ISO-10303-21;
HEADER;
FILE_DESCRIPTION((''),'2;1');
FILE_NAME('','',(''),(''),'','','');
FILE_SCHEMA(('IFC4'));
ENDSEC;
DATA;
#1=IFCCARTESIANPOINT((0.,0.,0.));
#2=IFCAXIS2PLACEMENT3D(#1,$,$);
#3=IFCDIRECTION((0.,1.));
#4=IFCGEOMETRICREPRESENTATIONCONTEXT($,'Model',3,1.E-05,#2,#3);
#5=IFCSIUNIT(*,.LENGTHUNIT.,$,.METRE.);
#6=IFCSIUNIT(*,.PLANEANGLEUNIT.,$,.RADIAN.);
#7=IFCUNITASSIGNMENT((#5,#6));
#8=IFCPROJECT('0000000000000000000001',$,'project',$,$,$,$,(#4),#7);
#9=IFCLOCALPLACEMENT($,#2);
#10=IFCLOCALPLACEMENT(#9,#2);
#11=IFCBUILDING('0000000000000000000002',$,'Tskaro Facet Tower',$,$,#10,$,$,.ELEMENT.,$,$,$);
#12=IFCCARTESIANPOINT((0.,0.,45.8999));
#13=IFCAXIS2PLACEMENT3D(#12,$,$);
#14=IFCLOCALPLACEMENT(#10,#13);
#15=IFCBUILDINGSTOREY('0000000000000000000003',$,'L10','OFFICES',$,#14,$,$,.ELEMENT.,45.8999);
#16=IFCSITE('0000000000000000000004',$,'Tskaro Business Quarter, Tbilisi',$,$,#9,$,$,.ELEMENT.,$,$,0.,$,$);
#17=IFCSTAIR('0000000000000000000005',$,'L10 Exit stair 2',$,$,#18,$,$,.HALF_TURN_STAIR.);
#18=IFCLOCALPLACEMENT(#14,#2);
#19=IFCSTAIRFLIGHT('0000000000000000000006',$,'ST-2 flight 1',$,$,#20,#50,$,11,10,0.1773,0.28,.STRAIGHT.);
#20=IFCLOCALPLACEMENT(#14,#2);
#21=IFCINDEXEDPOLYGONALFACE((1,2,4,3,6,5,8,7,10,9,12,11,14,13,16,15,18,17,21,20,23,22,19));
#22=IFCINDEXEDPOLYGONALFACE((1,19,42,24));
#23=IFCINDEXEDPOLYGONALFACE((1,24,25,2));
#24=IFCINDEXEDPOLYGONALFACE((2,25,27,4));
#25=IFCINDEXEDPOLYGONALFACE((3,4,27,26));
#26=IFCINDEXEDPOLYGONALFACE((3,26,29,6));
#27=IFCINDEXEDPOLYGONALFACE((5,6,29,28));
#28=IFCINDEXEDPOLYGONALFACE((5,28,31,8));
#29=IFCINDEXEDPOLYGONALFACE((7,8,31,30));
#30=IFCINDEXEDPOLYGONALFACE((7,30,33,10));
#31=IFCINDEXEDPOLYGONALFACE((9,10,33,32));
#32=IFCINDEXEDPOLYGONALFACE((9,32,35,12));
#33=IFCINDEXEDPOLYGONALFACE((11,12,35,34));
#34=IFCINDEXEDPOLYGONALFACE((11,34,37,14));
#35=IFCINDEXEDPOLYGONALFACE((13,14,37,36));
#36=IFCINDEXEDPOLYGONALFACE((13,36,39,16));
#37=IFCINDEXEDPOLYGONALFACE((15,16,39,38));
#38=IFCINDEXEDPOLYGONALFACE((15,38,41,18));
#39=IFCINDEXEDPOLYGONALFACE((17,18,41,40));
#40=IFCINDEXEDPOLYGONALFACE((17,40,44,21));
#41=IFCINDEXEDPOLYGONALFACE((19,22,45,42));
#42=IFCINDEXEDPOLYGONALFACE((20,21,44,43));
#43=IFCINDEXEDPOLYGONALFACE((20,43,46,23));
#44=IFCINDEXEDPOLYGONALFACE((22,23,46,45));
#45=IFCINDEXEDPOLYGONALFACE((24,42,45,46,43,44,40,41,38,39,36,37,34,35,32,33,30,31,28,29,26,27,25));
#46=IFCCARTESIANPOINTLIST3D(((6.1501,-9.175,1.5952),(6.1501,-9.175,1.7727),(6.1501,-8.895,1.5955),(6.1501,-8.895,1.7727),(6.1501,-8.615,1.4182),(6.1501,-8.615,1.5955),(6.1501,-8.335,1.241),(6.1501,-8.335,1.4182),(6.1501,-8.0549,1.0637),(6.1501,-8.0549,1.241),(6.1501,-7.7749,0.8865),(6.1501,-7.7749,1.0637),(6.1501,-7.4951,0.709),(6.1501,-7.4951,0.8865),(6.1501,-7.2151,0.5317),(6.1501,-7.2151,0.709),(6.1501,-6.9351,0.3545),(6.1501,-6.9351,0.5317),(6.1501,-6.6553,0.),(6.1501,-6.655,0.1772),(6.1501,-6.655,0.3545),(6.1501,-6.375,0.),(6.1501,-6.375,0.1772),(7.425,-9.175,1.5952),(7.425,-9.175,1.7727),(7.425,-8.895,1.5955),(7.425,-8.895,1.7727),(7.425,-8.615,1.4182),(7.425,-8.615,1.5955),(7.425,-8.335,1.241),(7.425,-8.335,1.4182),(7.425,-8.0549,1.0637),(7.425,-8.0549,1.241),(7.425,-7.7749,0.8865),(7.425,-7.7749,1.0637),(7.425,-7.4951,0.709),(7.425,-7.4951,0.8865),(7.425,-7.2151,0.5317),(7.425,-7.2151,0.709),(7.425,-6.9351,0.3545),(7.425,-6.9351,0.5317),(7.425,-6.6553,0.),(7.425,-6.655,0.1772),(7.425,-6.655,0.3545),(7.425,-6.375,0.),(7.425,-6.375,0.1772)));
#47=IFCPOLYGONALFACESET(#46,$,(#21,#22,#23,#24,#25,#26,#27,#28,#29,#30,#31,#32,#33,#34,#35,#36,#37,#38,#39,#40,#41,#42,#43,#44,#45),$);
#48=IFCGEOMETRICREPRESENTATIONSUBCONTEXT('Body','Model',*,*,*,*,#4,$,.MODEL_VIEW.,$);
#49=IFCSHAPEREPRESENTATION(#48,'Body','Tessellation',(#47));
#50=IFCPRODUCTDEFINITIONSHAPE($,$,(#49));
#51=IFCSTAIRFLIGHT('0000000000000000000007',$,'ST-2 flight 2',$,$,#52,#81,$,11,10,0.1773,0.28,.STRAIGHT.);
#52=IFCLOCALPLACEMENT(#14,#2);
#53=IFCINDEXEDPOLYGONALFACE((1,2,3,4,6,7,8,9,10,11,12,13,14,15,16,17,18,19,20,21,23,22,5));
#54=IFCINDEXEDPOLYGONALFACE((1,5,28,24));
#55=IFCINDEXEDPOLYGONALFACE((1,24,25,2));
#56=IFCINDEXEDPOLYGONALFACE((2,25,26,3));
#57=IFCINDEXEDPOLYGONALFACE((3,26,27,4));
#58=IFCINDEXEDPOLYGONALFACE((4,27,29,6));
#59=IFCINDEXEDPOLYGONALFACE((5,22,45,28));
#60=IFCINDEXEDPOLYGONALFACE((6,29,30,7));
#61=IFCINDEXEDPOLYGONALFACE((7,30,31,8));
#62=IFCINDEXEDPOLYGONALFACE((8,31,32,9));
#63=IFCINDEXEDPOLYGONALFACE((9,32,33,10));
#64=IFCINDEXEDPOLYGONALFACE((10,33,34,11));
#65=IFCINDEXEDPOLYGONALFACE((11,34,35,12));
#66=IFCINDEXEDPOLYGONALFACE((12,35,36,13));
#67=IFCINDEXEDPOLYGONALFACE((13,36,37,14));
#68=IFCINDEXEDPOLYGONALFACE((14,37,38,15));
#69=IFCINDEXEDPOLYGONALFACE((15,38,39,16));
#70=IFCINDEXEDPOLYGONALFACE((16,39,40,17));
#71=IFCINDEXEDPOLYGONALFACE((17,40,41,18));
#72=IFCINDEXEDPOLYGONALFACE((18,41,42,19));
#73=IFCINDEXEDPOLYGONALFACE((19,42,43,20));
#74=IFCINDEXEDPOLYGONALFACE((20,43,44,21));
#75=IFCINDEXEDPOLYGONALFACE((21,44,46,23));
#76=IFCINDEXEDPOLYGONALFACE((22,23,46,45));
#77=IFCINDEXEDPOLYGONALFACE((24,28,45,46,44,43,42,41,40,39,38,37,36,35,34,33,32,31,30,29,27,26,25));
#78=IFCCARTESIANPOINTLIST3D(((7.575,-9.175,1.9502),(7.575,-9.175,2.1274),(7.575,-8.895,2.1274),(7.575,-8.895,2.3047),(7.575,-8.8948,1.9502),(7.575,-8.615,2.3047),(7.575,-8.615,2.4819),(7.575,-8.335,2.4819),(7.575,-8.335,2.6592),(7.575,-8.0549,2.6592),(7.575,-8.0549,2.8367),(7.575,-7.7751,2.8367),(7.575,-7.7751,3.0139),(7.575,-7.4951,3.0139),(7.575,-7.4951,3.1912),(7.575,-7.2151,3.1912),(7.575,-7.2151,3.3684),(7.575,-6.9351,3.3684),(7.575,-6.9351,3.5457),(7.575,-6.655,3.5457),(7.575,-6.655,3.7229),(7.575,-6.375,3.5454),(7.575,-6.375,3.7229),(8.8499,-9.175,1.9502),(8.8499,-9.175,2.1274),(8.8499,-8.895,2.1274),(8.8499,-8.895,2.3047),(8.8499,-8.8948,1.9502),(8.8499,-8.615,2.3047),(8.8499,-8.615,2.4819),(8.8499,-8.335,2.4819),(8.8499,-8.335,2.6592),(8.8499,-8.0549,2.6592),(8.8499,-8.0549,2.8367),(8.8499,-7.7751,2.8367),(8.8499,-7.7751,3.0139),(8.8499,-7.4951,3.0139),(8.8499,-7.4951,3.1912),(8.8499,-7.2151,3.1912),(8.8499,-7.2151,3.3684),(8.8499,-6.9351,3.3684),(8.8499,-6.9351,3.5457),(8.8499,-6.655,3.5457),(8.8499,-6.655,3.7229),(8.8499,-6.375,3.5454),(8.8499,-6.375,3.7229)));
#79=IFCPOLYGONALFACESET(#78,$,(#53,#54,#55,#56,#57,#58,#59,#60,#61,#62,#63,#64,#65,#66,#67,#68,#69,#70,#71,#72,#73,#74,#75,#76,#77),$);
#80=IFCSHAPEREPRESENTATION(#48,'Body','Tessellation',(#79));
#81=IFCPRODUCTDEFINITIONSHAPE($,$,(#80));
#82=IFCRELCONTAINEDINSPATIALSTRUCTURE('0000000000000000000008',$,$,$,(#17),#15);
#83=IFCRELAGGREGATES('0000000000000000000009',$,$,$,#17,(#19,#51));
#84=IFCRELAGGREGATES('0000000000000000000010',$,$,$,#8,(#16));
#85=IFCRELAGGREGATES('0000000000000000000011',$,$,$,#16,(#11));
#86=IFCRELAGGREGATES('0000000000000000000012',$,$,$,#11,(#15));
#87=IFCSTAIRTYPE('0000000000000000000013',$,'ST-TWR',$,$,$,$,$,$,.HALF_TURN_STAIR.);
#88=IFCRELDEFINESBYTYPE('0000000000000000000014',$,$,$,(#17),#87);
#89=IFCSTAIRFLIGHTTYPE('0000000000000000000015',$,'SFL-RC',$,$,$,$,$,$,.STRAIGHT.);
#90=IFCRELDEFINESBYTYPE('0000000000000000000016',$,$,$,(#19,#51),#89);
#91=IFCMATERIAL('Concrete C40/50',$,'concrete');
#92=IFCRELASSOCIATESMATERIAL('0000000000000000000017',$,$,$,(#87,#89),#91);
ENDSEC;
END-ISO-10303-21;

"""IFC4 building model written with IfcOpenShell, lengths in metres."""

from ifc_helpers import new_model, si_unit, direction, frame, origin, place, context, subcontext, project, spatial, polyline, outline, extrude, material, type_object, element, aggregate, save


model = new_model("IFC4")

# Units and contexts
model_context = context("Model", 3, precision=1e-05, world=origin(), true_north=direction((0.0, 1.0)))
body_context = subcontext(model_context, "Body", "Model", "MODEL_VIEW")
ifc_project = project(units=[si_unit("LENGTHUNIT", "METRE"), si_unit("PLANEANGLEUNIT", "RADIAN")], contexts=[model_context])

# Site, building, storey
site_placement = place(None, origin())
site = spatial("IfcSite", under=ifc_project, at=site_placement, Name="Tskaro Business Quarter, Tbilisi", CompositionType="ELEMENT", RefElevation=0.0)
building_placement = place(site_placement, origin())
building = spatial("IfcBuilding", under=site, at=building_placement, Name="Tskaro Facet Tower", CompositionType="ELEMENT")
storey_placement = place(building_placement, frame((0.0, 0.0, 45.8999)))
storey = spatial("IfcBuildingStorey", under=building, at=storey_placement, Name="L10", Description="OFFICES", CompositionType="ELEMENT", Elevation=45.8999)

# Shared definitions
ifc_material_1 = material(Name="Concrete C40/50", Category="concrete")

# Stair, stair flights
stair_type = type_object("IfcStairType", Name="ST-TWR", PredefinedType="HALF_TURN_STAIR", material=ifc_material_1)
stair_placement = place(storey_placement, origin())
stair = element("IfcStair", 1, at=stair_placement, inside=storey, type_object=stair_type, Name="L10 Exit stair 2", PredefinedType="HALF_TURN_STAIR")
stair_flight_type = type_object("IfcStairFlightType", Name="SFL-RC", PredefinedType="STRAIGHT", material=ifc_material_1)
stair_flight_1_placement = place(storey_placement, frame((6.7876, -6.375, 0.0), z_axis=(0.0, 0.0, 1.0), x_axis=(0.0, -1.0, 0.0)))
stair_flight_1 = element("IfcStairFlight", 2, at=stair_flight_1_placement, type_object=stair_flight_type, Name="ST-2 flight 1", NumberOfRisers=11, NumberOfTreads=10, PredefinedType="STRAIGHT", RiserHeight=0.1773, TreadLength=0.28, context=body_context, shape_type="SweptSolid", body=[
    extrude(outline(polyline([(0.0, 0.0), (0.0, 0.1772), (0.28, 0.1772), (0.28, 0.3545), (0.5601, 0.3545), (0.5601, 0.5317), (0.8401, 0.5317), (0.8401, 0.709), (1.1201, 0.709), (1.1201, 0.8865), (1.3999, 0.8865), (1.3999, 1.0637), (1.6799, 1.0637), (1.6799, 1.241), (1.96, 1.241), (1.96, 1.4182), (2.24, 1.4182), (2.24, 1.5955), (2.52, 1.5955), (2.52, 1.7727), (2.8, 1.7727), (2.8, 1.95), (2.8, 1.5952), (0.2803, 0.0), (0.0, 0.0)])), frame((0.0, 0.6375, 0.0), z_axis=(0.0, -1.0, 0.0), x_axis=(1.0, 0.0, 0.0)), (0.0, 0.0, 1.0), 1.2749),
])
stair_flight_2_placement = place(storey_placement, frame((8.2124, -9.175, 1.9502), z_axis=(0.0, 0.0, 1.0), x_axis=(0.0, 1.0, 0.0)))
stair_flight_2 = element("IfcStairFlight", 3, at=stair_flight_2_placement, type_object=stair_flight_type, Name="ST-2 flight 2", NumberOfRisers=11, NumberOfTreads=10, PredefinedType="STRAIGHT", RiserHeight=0.1773, TreadLength=0.28, context=body_context, shape_type="SweptSolid", body=[
    extrude(outline(polyline([(0.0, 0.0), (0.0, 0.1772), (0.28, 0.1772), (0.28, 0.3545), (0.5601, 0.3545), (0.5601, 0.5317), (0.8401, 0.5317), (0.8401, 0.709), (1.1201, 0.709), (1.1201, 0.8865), (1.3999, 0.8865), (1.3999, 1.0637), (1.6799, 1.0637), (1.6799, 1.241), (1.96, 1.241), (1.96, 1.4182), (2.24, 1.4182), (2.24, 1.5955), (2.52, 1.5955), (2.52, 1.7727), (2.8, 1.7727), (2.8, 1.95), (2.8, 1.5952), (0.2803, 0.0), (0.0, 0.0)])), frame((0.0, 0.6375, 0.0), z_axis=(0.0, -1.0, 0.0), x_axis=(1.0, 0.0, 0.0)), (0.0, 0.0, 1.0), 1.2749),
])
aggregate(stair, [stair_flight_1, stair_flight_2])

save(model, "model.ifc")
